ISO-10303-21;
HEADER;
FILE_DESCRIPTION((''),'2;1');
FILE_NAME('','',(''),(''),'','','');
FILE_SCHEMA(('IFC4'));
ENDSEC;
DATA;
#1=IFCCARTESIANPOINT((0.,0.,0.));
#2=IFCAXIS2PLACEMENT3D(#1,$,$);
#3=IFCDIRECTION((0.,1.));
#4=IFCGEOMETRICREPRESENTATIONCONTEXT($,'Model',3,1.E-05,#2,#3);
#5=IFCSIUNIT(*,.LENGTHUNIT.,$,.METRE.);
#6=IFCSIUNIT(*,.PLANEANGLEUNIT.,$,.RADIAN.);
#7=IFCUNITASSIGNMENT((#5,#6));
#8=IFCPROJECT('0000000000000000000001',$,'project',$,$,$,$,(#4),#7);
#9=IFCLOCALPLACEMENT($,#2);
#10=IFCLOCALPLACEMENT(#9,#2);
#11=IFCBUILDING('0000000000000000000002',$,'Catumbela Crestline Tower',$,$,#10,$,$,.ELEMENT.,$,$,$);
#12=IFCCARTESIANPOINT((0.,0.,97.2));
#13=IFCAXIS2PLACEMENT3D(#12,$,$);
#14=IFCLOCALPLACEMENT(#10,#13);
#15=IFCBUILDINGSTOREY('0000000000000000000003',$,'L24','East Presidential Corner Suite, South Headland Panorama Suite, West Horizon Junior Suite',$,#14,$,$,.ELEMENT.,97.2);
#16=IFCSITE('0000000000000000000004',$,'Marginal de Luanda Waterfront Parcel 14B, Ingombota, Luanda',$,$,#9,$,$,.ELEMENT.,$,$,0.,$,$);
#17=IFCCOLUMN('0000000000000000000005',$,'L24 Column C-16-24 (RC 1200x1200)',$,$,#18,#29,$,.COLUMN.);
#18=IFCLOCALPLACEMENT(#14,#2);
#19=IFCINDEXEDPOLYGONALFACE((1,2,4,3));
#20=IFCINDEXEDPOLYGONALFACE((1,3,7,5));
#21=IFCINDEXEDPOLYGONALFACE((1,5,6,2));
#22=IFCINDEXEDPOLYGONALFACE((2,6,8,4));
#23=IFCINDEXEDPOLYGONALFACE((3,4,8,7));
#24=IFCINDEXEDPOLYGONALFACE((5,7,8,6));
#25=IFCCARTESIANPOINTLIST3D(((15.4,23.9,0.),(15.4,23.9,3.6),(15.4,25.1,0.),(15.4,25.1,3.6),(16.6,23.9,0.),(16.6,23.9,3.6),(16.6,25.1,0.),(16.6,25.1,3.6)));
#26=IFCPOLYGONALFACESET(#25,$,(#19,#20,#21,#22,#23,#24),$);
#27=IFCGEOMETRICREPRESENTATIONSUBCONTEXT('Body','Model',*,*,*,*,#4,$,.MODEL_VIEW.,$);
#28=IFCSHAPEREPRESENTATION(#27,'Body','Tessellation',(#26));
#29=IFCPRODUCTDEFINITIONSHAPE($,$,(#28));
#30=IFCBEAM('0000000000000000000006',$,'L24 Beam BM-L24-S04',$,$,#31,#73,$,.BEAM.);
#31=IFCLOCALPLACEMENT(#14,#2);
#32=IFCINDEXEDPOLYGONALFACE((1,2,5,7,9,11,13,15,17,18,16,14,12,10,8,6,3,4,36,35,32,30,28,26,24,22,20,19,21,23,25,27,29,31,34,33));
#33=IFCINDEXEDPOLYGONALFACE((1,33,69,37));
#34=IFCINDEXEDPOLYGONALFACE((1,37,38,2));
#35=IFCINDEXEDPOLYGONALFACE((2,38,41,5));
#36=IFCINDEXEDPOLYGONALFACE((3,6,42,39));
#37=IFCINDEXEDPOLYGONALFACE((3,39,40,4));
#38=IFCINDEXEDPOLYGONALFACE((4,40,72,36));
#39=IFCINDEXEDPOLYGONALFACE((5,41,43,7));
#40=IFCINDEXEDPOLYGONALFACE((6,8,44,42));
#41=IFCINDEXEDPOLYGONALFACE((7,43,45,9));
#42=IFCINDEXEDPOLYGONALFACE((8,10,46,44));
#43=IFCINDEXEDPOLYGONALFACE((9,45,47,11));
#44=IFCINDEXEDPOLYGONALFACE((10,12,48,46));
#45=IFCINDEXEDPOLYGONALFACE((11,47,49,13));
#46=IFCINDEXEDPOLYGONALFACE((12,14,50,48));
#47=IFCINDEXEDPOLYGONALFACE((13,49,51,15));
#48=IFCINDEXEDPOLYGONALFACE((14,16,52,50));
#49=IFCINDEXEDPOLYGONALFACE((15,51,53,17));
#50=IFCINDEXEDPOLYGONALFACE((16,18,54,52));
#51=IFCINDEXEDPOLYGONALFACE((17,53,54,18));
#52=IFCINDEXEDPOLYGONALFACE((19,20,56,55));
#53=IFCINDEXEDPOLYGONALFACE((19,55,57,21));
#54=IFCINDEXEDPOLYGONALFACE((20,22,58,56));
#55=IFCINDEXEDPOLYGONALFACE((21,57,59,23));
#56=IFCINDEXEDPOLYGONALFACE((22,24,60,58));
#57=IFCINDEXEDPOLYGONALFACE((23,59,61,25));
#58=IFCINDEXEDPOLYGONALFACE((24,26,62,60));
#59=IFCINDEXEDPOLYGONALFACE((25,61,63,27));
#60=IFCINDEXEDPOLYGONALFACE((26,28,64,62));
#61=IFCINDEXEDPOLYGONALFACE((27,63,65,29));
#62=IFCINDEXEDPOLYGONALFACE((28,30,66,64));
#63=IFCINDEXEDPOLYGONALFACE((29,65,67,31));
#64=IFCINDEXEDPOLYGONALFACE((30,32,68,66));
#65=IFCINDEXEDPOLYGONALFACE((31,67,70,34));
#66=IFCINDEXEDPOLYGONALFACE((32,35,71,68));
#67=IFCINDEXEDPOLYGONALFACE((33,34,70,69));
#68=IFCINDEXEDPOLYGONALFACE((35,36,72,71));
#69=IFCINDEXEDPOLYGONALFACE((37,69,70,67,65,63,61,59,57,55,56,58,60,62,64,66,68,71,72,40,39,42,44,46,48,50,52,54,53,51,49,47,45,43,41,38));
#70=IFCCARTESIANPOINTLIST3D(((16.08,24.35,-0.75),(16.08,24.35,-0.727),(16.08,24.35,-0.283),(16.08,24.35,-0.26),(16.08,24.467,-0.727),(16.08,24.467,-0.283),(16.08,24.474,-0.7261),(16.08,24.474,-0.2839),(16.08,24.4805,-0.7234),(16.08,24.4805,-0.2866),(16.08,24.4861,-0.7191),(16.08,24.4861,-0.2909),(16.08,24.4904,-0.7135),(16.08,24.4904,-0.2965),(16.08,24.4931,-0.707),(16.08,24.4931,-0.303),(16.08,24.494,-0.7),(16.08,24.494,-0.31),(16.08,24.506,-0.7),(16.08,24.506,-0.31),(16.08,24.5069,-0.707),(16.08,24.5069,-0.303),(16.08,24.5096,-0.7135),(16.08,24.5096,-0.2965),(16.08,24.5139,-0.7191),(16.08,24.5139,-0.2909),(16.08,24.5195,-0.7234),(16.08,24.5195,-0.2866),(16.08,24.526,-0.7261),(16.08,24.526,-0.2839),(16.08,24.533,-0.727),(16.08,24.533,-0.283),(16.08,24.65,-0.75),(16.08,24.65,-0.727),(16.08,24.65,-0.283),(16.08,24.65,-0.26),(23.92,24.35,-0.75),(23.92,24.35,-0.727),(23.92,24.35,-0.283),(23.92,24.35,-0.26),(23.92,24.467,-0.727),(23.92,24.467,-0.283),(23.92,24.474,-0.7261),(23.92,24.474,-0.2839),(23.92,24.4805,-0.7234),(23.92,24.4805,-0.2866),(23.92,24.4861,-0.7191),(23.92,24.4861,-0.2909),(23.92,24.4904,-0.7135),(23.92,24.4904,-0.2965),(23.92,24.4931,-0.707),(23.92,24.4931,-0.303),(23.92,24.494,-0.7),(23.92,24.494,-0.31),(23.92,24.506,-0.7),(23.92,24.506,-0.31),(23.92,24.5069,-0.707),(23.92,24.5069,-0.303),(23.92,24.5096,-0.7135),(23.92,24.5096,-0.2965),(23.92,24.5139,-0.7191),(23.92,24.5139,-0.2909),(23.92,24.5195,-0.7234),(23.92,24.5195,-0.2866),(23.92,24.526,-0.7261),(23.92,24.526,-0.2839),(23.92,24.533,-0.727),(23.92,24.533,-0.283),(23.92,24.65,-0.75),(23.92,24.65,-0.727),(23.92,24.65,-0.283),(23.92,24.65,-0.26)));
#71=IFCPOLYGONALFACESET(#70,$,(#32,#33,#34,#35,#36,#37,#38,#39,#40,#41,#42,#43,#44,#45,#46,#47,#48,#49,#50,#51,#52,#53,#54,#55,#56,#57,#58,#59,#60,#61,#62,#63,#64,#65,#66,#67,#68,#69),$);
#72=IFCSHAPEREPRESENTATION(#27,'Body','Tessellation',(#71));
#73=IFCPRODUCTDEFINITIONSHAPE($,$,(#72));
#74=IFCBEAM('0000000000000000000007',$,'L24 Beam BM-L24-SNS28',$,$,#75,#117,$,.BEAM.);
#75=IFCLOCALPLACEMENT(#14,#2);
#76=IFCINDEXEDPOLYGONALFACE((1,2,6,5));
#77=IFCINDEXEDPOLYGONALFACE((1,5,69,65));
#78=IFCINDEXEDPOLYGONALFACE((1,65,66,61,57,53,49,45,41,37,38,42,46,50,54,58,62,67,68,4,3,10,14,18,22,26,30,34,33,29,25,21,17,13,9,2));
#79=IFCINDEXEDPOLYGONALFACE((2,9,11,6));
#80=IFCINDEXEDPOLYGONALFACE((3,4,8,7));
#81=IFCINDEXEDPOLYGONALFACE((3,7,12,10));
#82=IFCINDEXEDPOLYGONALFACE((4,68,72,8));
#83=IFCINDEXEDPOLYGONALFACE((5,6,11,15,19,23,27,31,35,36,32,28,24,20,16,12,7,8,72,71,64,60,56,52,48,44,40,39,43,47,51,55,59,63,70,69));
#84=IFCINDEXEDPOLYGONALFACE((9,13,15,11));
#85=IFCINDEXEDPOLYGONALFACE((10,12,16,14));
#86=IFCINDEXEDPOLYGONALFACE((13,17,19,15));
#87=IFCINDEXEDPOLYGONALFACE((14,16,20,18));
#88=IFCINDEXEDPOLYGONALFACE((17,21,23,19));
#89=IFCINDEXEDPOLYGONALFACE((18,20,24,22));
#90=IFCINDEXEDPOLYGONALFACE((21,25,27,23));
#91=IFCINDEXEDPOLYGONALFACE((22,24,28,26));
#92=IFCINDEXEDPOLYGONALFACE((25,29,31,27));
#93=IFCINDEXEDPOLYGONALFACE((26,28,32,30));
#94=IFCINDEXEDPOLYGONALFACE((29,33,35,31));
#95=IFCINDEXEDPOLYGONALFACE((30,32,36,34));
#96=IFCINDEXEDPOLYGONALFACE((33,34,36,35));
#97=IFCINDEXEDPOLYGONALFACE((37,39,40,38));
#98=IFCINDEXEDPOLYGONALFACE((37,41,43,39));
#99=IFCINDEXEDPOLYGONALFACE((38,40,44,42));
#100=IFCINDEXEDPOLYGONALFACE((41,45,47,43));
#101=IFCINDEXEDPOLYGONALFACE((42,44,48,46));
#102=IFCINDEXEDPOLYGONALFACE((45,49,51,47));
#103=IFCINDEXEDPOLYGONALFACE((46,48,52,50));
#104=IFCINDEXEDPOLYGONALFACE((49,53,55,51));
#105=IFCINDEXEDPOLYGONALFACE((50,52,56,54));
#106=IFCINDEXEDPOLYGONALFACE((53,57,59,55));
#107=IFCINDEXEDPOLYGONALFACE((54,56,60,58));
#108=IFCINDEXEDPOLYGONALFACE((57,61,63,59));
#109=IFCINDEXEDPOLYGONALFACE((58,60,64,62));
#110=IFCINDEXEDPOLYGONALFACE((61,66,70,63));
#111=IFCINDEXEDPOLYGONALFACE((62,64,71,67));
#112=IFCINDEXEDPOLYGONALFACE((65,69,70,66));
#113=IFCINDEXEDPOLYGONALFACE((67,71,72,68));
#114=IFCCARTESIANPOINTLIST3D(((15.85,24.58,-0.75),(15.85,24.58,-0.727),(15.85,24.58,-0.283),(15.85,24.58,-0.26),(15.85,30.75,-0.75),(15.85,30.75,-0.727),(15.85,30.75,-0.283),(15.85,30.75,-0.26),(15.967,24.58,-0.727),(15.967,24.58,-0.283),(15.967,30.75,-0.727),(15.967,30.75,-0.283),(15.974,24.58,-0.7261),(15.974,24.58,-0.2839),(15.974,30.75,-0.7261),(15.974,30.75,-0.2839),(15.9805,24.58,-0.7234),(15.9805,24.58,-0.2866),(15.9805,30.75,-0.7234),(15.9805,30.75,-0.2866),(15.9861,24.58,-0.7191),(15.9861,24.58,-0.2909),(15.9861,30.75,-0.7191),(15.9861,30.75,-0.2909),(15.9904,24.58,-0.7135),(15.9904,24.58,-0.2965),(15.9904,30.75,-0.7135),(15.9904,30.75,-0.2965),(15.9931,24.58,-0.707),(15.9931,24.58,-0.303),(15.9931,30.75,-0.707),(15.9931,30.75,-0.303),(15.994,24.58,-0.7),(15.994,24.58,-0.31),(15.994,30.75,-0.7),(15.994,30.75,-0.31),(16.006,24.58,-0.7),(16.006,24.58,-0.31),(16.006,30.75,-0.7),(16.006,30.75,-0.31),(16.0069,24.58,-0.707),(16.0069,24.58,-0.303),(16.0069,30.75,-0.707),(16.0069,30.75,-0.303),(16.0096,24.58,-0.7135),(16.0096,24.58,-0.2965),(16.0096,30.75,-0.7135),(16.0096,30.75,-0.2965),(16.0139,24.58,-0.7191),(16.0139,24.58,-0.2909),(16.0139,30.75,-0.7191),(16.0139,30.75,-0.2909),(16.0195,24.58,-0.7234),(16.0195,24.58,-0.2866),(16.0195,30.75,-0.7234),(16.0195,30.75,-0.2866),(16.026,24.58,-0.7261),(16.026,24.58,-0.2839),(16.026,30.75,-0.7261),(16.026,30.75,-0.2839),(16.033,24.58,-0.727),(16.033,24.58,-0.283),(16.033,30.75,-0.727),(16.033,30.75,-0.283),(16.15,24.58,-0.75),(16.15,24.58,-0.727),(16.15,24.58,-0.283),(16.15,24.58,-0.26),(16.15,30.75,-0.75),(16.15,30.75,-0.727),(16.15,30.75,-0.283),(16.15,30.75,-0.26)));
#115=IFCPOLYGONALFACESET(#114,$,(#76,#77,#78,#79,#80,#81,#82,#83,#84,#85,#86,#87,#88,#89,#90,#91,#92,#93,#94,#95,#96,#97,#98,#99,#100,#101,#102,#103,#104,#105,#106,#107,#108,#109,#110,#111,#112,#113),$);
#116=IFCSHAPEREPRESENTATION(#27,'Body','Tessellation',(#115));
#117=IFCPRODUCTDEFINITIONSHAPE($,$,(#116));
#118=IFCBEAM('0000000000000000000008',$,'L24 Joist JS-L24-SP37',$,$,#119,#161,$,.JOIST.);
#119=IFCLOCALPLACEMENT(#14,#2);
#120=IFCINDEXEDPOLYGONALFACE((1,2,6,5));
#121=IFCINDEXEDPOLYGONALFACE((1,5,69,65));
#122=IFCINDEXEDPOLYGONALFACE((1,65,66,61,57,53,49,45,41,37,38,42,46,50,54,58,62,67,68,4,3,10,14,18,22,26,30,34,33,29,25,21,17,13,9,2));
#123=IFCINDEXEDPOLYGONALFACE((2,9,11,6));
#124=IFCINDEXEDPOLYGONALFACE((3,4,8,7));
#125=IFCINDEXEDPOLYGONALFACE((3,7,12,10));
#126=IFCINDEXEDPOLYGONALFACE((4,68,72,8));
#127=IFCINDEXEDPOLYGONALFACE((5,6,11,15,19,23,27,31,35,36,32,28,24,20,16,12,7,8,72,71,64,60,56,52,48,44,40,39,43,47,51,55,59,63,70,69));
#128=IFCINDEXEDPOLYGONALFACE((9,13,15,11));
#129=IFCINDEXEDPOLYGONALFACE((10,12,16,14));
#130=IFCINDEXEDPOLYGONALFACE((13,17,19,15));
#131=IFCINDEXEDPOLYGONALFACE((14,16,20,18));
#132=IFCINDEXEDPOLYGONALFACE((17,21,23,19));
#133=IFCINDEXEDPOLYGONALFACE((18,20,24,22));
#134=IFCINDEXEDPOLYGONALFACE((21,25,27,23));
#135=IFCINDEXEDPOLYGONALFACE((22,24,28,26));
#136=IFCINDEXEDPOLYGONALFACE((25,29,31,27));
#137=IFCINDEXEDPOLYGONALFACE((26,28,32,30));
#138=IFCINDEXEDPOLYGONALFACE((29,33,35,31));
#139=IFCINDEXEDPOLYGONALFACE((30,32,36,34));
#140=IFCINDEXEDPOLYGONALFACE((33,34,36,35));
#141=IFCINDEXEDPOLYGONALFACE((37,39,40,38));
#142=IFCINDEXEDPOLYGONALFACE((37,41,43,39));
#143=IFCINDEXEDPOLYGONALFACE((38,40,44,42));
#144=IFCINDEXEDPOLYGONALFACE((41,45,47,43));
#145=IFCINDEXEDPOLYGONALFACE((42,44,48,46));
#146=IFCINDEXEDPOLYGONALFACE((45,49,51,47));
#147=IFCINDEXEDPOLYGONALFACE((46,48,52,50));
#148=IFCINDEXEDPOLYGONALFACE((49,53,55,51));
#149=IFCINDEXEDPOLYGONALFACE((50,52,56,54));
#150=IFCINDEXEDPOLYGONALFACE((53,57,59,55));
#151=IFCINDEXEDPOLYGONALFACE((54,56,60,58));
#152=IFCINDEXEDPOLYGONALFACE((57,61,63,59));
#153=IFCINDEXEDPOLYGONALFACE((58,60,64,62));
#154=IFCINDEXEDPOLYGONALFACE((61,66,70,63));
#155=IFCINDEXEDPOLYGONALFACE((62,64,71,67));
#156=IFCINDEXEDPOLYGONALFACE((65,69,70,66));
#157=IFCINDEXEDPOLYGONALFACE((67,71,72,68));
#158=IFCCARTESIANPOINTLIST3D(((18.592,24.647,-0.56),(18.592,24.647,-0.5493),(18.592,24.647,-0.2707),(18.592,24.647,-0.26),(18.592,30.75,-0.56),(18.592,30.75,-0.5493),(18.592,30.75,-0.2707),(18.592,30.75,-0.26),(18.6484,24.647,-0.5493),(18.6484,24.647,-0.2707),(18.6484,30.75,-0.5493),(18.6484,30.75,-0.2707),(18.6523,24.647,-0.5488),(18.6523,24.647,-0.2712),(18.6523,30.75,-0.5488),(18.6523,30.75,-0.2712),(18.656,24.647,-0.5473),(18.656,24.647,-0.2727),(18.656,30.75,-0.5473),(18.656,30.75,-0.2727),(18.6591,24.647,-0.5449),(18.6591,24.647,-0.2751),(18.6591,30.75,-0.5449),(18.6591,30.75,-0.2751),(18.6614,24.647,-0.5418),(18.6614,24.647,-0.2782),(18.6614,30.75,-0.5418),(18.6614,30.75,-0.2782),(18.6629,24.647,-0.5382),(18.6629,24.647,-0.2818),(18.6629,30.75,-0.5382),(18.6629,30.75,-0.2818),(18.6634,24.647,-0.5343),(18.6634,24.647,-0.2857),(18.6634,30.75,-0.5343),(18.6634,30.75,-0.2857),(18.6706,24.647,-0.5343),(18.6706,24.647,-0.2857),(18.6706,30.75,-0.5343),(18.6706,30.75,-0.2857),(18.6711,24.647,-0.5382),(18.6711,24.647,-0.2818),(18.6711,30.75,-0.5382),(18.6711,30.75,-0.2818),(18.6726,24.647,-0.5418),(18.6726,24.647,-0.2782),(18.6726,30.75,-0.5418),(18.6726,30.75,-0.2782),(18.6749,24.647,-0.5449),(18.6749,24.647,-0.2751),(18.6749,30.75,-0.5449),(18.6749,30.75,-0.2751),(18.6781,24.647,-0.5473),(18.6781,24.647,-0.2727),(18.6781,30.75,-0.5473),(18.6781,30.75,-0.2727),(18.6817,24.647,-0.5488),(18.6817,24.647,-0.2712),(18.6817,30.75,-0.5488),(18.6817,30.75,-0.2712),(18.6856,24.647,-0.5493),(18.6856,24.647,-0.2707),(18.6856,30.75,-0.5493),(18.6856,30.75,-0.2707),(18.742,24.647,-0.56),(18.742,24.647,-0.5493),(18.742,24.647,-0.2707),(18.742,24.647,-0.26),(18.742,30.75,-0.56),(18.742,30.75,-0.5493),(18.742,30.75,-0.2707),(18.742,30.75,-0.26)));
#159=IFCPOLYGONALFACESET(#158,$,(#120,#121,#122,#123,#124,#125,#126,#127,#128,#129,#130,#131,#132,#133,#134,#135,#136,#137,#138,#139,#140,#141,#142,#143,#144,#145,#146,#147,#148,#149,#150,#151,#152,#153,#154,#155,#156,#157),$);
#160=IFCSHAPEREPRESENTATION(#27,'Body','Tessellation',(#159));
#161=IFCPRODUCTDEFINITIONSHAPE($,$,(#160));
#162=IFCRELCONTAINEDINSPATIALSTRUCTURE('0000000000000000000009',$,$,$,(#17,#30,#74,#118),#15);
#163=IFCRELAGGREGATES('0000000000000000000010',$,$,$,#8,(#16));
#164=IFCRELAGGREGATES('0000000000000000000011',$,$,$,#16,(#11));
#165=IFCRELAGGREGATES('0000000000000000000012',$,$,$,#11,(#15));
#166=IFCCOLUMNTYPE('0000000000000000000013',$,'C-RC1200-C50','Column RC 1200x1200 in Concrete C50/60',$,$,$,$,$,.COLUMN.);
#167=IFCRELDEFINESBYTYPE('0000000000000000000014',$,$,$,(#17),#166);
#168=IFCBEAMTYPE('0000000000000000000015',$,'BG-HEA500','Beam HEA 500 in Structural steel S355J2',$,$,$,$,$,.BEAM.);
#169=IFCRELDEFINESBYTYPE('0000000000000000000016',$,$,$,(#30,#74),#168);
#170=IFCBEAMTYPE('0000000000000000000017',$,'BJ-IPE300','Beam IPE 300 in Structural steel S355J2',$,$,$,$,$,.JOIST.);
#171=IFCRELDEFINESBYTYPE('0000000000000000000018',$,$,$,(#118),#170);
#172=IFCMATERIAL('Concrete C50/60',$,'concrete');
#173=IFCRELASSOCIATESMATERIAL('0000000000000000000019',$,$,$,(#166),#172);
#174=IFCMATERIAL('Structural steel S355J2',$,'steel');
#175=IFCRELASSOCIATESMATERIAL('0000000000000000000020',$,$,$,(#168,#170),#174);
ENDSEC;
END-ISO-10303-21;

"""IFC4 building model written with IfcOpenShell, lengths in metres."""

from ifc_helpers import new_model, si_unit, direction, frame, origin, origin_2d, place, context, subcontext, project, spatial, rectangle, i_section, extrude, material, material_profile, profile_set, type_object, element, save


model = new_model("IFC4")

# Units and contexts
model_context = context("Model", 3, precision=1e-05, world=origin(), true_north=direction((0.0, 1.0)))
body_context = subcontext(model_context, "Body", "Model", "MODEL_VIEW")
ifc_project = project(units=[si_unit("LENGTHUNIT", "METRE"), si_unit("PLANEANGLEUNIT", "RADIAN")], contexts=[model_context])

# Site, building, storey
site_placement = place(None, origin())
site = spatial("IfcSite", under=ifc_project, at=site_placement, Name="Marginal de Luanda Waterfront Parcel 14B, Ingombota, Luanda", CompositionType="ELEMENT", RefElevation=0.0)
building_placement = place(site_placement, origin())
building = spatial("IfcBuilding", under=site, at=building_placement, Name="Catumbela Crestline Tower", CompositionType="ELEMENT")
storey_placement = place(building_placement, frame((0.0, 0.0, 97.2)))
storey = spatial("IfcBuildingStorey", under=building, at=storey_placement, Name="L24", Description="East Presidential Corner Suite, South Headland Panorama Suite, West Horizon Junior Suite", CompositionType="ELEMENT", Elevation=97.2)

# Column
ifc_material_1 = material(Name="Concrete C50/60", Category="concrete")
ifc_material_profile_1 = material_profile(ifc_material_1, rectangle(XDim=1.2, YDim=1.2, at=origin_2d()), Name="RC 1200x1200")
ifc_profile_set_1 = profile_set([ifc_material_profile_1], Name="Concrete C50/60")
column_type = type_object("IfcColumnType", Name="C-RC1200-C50", Description="Column RC 1200x1200 in Concrete C50/60", PredefinedType="COLUMN", material=ifc_profile_set_1)
column_placement = place(storey_placement, frame((16.0, 24.5, 0.0), z_axis=(0.0, 0.0, 1.0), x_axis=(1.0, 0.0, 0.0)))
element("IfcColumn", 1, at=column_placement, inside=storey, type_object=column_type, Name="L24 Column C-16-24 (RC 1200x1200)", PredefinedType="COLUMN", context=body_context, shape_type="SweptSolid", body=[
    extrude(rectangle(XDim=1.2, YDim=1.2, at=origin_2d()), origin(), (0.0, 0.0, 1.0), 3.6),
])

# Beams
ifc_material_2 = material(Name="Structural steel S355J2", Category="steel")
ifc_material_profile_2 = material_profile(ifc_material_2, i_section(OverallWidth=0.3, OverallDepth=0.49, WebThickness=0.012, FlangeThickness=0.023, FilletRadius=0.027, at=origin_2d()), Name="HEA 500")
ifc_profile_set_2 = profile_set([ifc_material_profile_2], Name="Structural steel S355J2")
beam_type_1 = type_object("IfcBeamType", Name="BG-HEA500", Description="Beam HEA 500 in Structural steel S355J2", PredefinedType="BEAM", material=ifc_profile_set_2)
beam_1_placement = place(storey_placement, frame((16.08, 24.5, -0.505), z_axis=(1.0, 0.0, 0.0), x_axis=(0.0, 1.0, 0.0)))
element("IfcBeam", 2, at=beam_1_placement, inside=storey, type_object=beam_type_1, Name="L24 Beam BM-L24-S04", PredefinedType="BEAM", context=body_context, shape_type="SweptSolid", body=[
    extrude(i_section(OverallWidth=0.3, OverallDepth=0.49, WebThickness=0.012, FlangeThickness=0.023, FilletRadius=0.027, at=origin_2d()), origin(), (0.0, 0.0, 1.0), 7.84),
])
beam_2_placement = place(storey_placement, frame((16.0, 24.58, -0.505), z_axis=(0.0, 1.0, 0.0), x_axis=(-1.0, 0.0, 0.0)))
element("IfcBeam", 3, at=beam_2_placement, inside=storey, type_object=beam_type_1, Name="L24 Beam BM-L24-SNS28", PredefinedType="BEAM", context=body_context, shape_type="SweptSolid", body=[
    extrude(i_section(OverallWidth=0.3, OverallDepth=0.49, WebThickness=0.012, FlangeThickness=0.023, FilletRadius=0.027, at=origin_2d()), origin(), (0.0, 0.0, 1.0), 6.17),
])
ifc_material_profile_3 = material_profile(ifc_material_2, i_section(OverallWidth=0.15, OverallDepth=0.3, WebThickness=0.0071, FlangeThickness=0.0107, FilletRadius=0.015, at=origin_2d()), Name="IPE 300")
ifc_profile_set_3 = profile_set([ifc_material_profile_3], Name="Structural steel S355J2")
beam_type_2 = type_object("IfcBeamType", Name="BJ-IPE300", Description="Beam IPE 300 in Structural steel S355J2", PredefinedType="JOIST", material=ifc_profile_set_3)
beam_3_placement = place(storey_placement, frame((18.667, 24.647, -0.41), z_axis=(0.0, 1.0, 0.0), x_axis=(-1.0, 0.0, 0.0)))
element("IfcBeam", 4, at=beam_3_placement, inside=storey, type_object=beam_type_2, Name="L24 Joist JS-L24-SP37", PredefinedType="JOIST", context=body_context, shape_type="SweptSolid", body=[
    extrude(i_section(OverallWidth=0.15, OverallDepth=0.3, WebThickness=0.0071, FlangeThickness=0.0107, FilletRadius=0.015, at=origin_2d()), origin(), (0.0, 0.0, 1.0), 6.103),
])

save(model, "model.ifc")
